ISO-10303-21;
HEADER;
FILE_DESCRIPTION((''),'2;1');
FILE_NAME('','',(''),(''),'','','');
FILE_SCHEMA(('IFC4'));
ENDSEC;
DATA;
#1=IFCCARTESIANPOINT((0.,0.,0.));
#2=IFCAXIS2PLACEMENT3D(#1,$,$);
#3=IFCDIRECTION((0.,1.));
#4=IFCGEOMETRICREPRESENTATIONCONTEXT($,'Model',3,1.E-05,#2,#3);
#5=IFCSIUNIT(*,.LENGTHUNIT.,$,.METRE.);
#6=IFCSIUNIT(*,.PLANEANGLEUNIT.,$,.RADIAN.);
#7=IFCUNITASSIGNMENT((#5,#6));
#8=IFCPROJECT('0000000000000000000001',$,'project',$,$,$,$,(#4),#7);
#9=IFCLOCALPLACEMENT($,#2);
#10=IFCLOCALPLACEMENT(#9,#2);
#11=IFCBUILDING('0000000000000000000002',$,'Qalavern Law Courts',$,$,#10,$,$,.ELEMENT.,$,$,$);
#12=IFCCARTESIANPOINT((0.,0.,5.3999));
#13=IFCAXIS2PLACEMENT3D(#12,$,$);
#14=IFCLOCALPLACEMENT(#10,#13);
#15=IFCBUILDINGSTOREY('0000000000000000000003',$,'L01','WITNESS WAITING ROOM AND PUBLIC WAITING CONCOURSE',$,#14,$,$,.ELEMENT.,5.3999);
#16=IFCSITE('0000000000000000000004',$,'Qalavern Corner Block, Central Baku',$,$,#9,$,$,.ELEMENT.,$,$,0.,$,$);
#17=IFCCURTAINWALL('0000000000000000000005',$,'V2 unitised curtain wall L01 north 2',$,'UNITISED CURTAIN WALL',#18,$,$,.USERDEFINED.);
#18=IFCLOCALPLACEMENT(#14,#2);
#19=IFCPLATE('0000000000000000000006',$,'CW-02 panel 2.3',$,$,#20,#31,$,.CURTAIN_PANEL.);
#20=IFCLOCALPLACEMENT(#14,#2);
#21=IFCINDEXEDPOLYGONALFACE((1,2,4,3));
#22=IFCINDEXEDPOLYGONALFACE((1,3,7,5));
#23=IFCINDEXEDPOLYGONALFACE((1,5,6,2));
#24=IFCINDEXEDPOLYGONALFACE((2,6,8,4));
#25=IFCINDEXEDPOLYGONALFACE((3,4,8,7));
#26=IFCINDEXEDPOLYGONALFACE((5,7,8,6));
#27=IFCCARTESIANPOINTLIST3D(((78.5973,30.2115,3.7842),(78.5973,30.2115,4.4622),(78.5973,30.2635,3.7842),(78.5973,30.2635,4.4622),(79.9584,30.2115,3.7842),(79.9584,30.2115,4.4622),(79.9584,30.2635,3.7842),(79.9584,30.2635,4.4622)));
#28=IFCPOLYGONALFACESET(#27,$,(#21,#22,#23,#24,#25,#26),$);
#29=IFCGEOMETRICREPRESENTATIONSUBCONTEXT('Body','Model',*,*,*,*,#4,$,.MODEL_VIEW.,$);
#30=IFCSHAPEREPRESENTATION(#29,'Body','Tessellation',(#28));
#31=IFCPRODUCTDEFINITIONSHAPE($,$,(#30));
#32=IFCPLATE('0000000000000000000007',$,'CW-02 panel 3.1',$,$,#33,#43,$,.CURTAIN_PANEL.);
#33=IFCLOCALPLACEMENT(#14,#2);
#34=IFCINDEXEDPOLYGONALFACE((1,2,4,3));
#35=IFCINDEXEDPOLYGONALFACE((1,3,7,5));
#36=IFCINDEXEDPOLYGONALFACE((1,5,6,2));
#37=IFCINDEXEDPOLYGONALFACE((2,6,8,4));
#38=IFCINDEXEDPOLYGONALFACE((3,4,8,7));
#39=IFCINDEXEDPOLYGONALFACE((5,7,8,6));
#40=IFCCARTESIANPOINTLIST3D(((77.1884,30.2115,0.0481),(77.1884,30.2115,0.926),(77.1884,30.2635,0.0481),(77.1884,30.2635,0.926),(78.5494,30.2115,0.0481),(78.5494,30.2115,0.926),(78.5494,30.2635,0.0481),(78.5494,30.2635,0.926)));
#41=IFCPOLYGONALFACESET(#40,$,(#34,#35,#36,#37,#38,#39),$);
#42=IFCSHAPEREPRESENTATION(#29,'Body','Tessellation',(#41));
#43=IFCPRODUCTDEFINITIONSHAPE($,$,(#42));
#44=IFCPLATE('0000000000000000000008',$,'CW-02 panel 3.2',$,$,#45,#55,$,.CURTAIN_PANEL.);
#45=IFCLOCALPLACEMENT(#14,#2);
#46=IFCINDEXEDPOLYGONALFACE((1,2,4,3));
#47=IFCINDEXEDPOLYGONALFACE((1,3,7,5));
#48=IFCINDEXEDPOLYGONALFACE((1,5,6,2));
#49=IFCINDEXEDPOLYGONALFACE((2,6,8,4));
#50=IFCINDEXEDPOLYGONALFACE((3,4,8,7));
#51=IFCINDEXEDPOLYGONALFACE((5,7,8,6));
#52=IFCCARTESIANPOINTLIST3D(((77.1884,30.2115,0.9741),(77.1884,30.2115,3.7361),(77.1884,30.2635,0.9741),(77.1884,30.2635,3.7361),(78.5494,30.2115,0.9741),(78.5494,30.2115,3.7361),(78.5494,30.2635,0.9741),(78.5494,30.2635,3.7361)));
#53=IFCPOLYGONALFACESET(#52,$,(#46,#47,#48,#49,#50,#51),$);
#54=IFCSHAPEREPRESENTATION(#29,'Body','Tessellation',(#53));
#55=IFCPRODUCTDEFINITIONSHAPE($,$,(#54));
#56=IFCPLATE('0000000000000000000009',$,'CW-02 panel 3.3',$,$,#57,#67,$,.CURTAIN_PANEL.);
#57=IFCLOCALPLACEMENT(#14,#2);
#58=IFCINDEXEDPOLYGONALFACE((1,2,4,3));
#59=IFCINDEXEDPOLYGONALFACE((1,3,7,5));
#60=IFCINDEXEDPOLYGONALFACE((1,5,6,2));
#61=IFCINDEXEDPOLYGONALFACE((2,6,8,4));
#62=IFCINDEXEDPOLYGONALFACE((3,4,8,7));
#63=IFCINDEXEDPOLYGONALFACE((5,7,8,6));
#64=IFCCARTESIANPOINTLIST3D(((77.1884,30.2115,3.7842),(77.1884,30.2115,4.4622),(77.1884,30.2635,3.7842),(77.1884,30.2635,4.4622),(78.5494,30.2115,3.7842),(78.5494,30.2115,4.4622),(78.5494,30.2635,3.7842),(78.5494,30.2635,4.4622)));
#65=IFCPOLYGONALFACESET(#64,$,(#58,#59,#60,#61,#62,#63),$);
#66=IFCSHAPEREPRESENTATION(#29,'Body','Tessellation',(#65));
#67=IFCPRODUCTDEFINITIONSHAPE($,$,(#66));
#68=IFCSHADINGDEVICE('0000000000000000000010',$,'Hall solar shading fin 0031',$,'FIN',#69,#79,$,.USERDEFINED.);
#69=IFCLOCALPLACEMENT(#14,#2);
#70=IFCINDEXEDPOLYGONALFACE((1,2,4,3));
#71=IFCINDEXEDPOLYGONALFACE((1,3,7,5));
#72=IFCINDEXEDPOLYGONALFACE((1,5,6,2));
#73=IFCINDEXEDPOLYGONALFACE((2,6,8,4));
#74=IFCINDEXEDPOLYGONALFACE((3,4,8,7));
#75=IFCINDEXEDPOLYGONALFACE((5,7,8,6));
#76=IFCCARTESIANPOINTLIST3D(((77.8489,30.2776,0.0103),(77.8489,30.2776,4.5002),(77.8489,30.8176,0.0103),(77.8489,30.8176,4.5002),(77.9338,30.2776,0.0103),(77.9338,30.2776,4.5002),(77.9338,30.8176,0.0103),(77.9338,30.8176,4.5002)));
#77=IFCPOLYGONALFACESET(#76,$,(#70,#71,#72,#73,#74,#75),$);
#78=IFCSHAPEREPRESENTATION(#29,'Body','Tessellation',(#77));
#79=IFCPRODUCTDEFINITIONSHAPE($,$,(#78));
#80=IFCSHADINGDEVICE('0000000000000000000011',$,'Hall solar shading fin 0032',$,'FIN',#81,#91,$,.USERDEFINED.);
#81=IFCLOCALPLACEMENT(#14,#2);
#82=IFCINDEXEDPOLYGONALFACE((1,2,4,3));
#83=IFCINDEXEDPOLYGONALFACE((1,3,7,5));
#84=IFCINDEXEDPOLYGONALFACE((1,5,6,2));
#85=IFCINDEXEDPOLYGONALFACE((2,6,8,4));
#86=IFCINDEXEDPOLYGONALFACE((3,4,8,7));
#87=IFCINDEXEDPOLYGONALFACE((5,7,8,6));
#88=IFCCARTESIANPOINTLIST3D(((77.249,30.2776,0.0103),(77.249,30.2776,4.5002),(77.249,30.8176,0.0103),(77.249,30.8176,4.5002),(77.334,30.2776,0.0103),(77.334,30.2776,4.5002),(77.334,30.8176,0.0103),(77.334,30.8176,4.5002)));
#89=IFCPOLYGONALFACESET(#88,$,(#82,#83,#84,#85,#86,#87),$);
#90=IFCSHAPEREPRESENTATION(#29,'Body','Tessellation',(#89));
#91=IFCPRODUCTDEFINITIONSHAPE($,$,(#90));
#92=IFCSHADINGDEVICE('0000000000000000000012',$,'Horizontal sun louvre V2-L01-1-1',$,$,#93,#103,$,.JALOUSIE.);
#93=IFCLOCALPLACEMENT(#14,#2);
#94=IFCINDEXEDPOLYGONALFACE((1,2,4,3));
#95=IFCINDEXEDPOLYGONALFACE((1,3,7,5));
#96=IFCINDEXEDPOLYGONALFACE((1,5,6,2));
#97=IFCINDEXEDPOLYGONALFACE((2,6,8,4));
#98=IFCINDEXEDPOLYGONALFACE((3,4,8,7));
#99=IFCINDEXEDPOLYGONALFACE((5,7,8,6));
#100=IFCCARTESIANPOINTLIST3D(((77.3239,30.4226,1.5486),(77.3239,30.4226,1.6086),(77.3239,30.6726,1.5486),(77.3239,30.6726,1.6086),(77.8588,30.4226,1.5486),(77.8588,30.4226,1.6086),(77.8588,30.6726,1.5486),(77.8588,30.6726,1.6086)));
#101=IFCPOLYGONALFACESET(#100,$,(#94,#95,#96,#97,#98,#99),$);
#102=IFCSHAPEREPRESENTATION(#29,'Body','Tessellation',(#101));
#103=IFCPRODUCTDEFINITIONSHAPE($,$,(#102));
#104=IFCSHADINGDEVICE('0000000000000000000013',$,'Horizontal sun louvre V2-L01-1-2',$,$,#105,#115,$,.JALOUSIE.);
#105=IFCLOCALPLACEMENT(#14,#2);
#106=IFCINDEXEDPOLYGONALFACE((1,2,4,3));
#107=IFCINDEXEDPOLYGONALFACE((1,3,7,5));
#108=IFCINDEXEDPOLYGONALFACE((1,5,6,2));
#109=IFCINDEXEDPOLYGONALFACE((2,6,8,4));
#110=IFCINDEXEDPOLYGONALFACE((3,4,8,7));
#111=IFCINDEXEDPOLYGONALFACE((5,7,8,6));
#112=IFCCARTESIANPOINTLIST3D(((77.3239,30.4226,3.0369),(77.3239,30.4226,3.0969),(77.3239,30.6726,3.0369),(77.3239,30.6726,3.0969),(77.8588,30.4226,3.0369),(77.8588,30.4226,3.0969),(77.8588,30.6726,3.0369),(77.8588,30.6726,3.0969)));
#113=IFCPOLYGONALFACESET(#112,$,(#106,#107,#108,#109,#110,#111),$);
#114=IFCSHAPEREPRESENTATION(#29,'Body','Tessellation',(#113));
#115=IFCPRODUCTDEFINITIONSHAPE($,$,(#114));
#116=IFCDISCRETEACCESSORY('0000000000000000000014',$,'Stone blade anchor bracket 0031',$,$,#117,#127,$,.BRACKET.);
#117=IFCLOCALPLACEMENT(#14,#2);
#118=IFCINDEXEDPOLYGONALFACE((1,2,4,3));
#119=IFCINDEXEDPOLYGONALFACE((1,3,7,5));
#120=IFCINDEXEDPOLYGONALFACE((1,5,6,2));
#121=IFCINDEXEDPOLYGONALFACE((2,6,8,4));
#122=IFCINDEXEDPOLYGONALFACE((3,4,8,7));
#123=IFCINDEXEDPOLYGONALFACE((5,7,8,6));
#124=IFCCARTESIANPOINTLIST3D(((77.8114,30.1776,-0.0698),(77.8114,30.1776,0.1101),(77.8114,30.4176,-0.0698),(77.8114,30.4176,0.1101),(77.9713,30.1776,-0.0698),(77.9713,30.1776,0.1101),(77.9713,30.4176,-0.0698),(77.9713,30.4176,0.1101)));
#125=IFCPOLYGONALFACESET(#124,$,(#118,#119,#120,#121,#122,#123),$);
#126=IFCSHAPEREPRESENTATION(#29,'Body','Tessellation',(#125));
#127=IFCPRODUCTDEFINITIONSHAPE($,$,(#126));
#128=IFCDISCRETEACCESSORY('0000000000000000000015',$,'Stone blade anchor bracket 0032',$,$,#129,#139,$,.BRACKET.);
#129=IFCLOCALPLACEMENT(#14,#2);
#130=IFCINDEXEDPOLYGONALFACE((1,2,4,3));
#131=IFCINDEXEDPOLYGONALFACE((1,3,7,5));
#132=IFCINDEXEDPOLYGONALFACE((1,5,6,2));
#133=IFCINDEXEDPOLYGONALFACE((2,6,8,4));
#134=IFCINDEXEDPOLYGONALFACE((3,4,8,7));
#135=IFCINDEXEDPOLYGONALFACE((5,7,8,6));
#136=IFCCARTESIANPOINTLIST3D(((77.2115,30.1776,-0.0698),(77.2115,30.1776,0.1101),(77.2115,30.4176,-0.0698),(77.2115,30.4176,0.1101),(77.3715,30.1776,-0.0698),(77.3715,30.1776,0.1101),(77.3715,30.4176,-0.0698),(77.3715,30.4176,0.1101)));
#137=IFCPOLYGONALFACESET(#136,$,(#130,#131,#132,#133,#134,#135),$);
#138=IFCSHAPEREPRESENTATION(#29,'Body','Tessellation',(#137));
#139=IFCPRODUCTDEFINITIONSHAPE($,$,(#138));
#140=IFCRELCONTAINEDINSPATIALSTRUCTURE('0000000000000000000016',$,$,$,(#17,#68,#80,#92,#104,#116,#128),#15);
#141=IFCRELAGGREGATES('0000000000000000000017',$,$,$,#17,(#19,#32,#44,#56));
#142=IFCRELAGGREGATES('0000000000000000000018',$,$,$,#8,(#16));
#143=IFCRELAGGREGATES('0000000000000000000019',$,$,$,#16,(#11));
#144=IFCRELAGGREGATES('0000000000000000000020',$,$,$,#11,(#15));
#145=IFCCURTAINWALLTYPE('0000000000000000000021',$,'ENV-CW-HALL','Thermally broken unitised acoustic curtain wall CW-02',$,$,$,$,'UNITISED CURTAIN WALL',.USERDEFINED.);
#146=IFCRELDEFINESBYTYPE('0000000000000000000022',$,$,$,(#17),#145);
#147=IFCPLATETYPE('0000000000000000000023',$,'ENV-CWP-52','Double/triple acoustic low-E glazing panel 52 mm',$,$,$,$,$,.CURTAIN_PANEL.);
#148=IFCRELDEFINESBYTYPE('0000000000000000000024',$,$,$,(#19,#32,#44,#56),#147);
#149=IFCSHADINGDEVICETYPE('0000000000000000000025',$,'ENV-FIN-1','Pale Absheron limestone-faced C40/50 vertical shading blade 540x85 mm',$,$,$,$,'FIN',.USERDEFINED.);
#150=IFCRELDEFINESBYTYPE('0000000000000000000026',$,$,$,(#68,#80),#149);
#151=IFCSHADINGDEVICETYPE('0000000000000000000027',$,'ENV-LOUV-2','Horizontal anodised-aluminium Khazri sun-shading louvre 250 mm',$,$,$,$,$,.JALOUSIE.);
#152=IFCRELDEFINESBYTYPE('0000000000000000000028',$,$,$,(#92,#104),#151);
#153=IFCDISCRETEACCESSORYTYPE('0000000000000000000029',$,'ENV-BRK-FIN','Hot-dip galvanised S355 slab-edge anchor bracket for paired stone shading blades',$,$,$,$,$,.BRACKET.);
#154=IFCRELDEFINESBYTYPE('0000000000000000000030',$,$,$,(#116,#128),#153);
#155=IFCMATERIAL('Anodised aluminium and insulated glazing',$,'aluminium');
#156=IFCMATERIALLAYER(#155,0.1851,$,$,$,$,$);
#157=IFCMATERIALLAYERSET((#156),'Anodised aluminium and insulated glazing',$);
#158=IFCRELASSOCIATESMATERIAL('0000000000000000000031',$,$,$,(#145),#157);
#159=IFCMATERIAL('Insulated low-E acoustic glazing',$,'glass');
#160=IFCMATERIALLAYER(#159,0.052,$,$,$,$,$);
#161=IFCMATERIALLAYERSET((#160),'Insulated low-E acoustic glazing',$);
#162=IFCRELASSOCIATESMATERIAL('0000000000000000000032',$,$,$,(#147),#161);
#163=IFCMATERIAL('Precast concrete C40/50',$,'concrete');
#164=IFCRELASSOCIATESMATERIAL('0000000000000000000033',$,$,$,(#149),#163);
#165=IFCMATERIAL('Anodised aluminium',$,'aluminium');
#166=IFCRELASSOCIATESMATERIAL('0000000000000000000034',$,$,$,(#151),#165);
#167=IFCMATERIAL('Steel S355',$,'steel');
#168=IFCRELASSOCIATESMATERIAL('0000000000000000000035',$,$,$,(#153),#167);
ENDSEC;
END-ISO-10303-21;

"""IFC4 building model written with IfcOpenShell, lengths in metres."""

from ifc_helpers import new_model, si_unit, direction, frame, origin, origin_2d, place, context, subcontext, project, spatial, rectangle, extrude, material, layer, layer_set, type_object, element, aggregate, save


model = new_model("IFC4")

# Units and contexts
model_context = context("Model", 3, precision=1e-05, world=origin(), true_north=direction((0.0, 1.0)))
body_context = subcontext(model_context, "Body", "Model", "MODEL_VIEW")
ifc_project = project(units=[si_unit("LENGTHUNIT", "METRE"), si_unit("PLANEANGLEUNIT", "RADIAN")], contexts=[model_context])

# Site, building, storey
site_placement = place(None, origin())
site = spatial("IfcSite", under=ifc_project, at=site_placement, Name="Qalavern Corner Block, Central Baku", CompositionType="ELEMENT", RefElevation=0.0)
building_placement = place(site_placement, origin())
building = spatial("IfcBuilding", under=site, at=building_placement, Name="Qalavern Law Courts", CompositionType="ELEMENT")
storey_placement = place(building_placement, frame((0.0, 0.0, 5.3999)))
storey = spatial("IfcBuildingStorey", under=building, at=storey_placement, Name="L01", Description="WITNESS WAITING ROOM AND PUBLIC WAITING CONCOURSE", CompositionType="ELEMENT", Elevation=5.3999)

# Curtain wall, plates
ifc_material_1 = material(Name="Anodised aluminium and insulated glazing", Category="aluminium")
ifc_layer_1 = layer(ifc_material_1, 0.1851)
ifc_layer_set_1 = layer_set([ifc_layer_1], Name="Anodised aluminium and insulated glazing")
curtain_wall_type = type_object("IfcCurtainWallType", Name="ENV-CW-HALL", Description="Thermally broken unitised acoustic curtain wall CW-02", ElementType="UNITISED CURTAIN WALL", PredefinedType="USERDEFINED", material=ifc_layer_set_1)
curtain_wall_placement = place(storey_placement, origin())
curtain_wall = element("IfcCurtainWall", 1, at=curtain_wall_placement, inside=storey, type_object=curtain_wall_type, Name="V2 unitised curtain wall L01 north 2", ObjectType="UNITISED CURTAIN WALL", PredefinedType="USERDEFINED")
ifc_material_2 = material(Name="Anodised aluminium", Category="aluminium")
ifc_material_3 = material(Name="Insulated low-E acoustic glazing", Category="glass")
ifc_layer_2 = layer(ifc_material_3, 0.052)
ifc_layer_set_2 = layer_set([ifc_layer_2], Name="Insulated low-E acoustic glazing")
plate_type = type_object("IfcPlateType", Name="ENV-CWP-52", Description="Double/triple acoustic low-E glazing panel 52 mm", PredefinedType="CURTAIN_PANEL", material=ifc_layer_set_2)
plate_1_placement = place(storey_placement, frame((79.2778, 30.2375, 3.7842), z_axis=(0.0, 0.0, 1.0), x_axis=(-1.0, 0.0, 0.0)))
plate_1 = element("IfcPlate", 2, at=plate_1_placement, type_object=plate_type, Name="CW-02 panel 2.3", PredefinedType="CURTAIN_PANEL", context=body_context, shape_type="SweptSolid", body=[
    extrude(rectangle(XDim=1.3611, YDim=0.052, at=origin_2d()), origin(), (0.0, 0.0, 1.0), 0.678),
])
plate_2_placement = place(storey_placement, frame((77.8689, 30.2375, 0.0481), z_axis=(0.0, 0.0, 1.0), x_axis=(-1.0, 0.0, 0.0)))
plate_2 = element("IfcPlate", 3, at=plate_2_placement, type_object=plate_type, Name="CW-02 panel 3.1", PredefinedType="CURTAIN_PANEL", context=body_context, shape_type="SweptSolid", body=[
    extrude(rectangle(XDim=1.3611, YDim=0.052, at=origin_2d()), origin(), (0.0, 0.0, 1.0), 0.8779),
])
plate_3_placement = place(storey_placement, frame((77.8689, 30.2375, 0.9741), z_axis=(0.0, 0.0, 1.0), x_axis=(-1.0, 0.0, 0.0)))
plate_3 = element("IfcPlate", 4, at=plate_3_placement, type_object=plate_type, Name="CW-02 panel 3.2", PredefinedType="CURTAIN_PANEL", context=body_context, shape_type="SweptSolid", body=[
    extrude(rectangle(XDim=1.3611, YDim=0.052, at=origin_2d()), origin(), (0.0, 0.0, 1.0), 2.762),
])
plate_4_placement = place(storey_placement, frame((77.8689, 30.2375, 3.7842), z_axis=(0.0, 0.0, 1.0), x_axis=(-1.0, 0.0, 0.0)))
plate_4 = element("IfcPlate", 5, at=plate_4_placement, type_object=plate_type, Name="CW-02 panel 3.3", PredefinedType="CURTAIN_PANEL", context=body_context, shape_type="SweptSolid", body=[
    extrude(rectangle(XDim=1.3611, YDim=0.052, at=origin_2d()), origin(), (0.0, 0.0, 1.0), 0.678),
])
aggregate(curtain_wall, [plate_1, plate_2, plate_3, plate_4])

# Shading devices
ifc_material_4 = material(Name="Precast concrete C40/50", Category="concrete")
shading_device_type_1 = type_object("IfcShadingDeviceType", Name="ENV-FIN-1", Description="Pale Absheron limestone-faced C40/50 vertical shading blade 540x85 mm", ElementType="FIN", PredefinedType="USERDEFINED", material=ifc_material_4)
for number, where, z_axis, x_axis, name in (
    (6, (77.8914, 30.5476, 0.0103), (0.0, 0.0, 1.0), (0.0, 1.0, 0.0), "Hall solar shading fin 0031"),
    (7, (77.2915, 30.5476, 0.0103), (0.0, 0.0, 1.0), (0.0, 1.0, 0.0), "Hall solar shading fin 0032"),
):
    element("IfcShadingDevice", number, at=place(storey_placement, frame(where, z_axis=z_axis, x_axis=x_axis)), inside=storey, type_object=shading_device_type_1, Name=name, ObjectType="FIN", PredefinedType="USERDEFINED", context=body_context, shape_type="SweptSolid", body=[
        extrude(rectangle(XDim=0.54, YDim=0.085, at=origin_2d()), origin(), (0.0, 0.0, 1.0), 4.49),
    ])
shading_device_type_2 = type_object("IfcShadingDeviceType", Name="ENV-LOUV-2", Description="Horizontal anodised-aluminium Khazri sun-shading louvre 250 mm", PredefinedType="JALOUSIE", material=ifc_material_2)
for number, where, z_axis, x_axis, name in (
    (8, (77.5913, 30.5476, 1.5486), (0.0, 0.0, 1.0), (-1.0, 0.0, 0.0), "Horizontal sun louvre V2-L01-1-1"),
    (9, (77.5913, 30.5476, 3.0369), (0.0, 0.0, 1.0), (-1.0, 0.0, 0.0), "Horizontal sun louvre V2-L01-1-2"),
):
    element("IfcShadingDevice", number, at=place(storey_placement, frame(where, z_axis=z_axis, x_axis=x_axis)), inside=storey, type_object=shading_device_type_2, Name=name, PredefinedType="JALOUSIE", context=body_context, shape_type="SweptSolid", body=[
        extrude(rectangle(XDim=0.5349, YDim=0.25, at=origin_2d()), origin(), (0.0, 0.0, 1.0), 0.0601),
    ])

# Discrete accessories
ifc_material_5 = material(Name="Steel S355", Category="steel")
discrete_accessory_type = type_object("IfcDiscreteAccessoryType", Name="ENV-BRK-FIN", Description="Hot-dip galvanised S355 slab-edge anchor bracket for paired stone shading blades", PredefinedType="BRACKET", material=ifc_material_5)
for number, where, z_axis, x_axis, name in (
    (10, (77.8914, 30.2976, -0.0698), (0.0, 0.0, 1.0), (0.0, 1.0, 0.0), "Stone blade anchor bracket 0031"),
    (11, (77.2915, 30.2976, -0.0698), (0.0, 0.0, 1.0), (0.0, 1.0, 0.0), "Stone blade anchor bracket 0032"),
):
    element("IfcDiscreteAccessory", number, at=place(storey_placement, frame(where, z_axis=z_axis, x_axis=x_axis)), inside=storey, type_object=discrete_accessory_type, Name=name, PredefinedType="BRACKET", context=body_context, shape_type="SweptSolid", body=[
        extrude(rectangle(XDim=0.24, YDim=0.1599, at=origin_2d()), origin(), (0.0, 0.0, 1.0), 0.1799),
    ])

save(model, "model.ifc")
